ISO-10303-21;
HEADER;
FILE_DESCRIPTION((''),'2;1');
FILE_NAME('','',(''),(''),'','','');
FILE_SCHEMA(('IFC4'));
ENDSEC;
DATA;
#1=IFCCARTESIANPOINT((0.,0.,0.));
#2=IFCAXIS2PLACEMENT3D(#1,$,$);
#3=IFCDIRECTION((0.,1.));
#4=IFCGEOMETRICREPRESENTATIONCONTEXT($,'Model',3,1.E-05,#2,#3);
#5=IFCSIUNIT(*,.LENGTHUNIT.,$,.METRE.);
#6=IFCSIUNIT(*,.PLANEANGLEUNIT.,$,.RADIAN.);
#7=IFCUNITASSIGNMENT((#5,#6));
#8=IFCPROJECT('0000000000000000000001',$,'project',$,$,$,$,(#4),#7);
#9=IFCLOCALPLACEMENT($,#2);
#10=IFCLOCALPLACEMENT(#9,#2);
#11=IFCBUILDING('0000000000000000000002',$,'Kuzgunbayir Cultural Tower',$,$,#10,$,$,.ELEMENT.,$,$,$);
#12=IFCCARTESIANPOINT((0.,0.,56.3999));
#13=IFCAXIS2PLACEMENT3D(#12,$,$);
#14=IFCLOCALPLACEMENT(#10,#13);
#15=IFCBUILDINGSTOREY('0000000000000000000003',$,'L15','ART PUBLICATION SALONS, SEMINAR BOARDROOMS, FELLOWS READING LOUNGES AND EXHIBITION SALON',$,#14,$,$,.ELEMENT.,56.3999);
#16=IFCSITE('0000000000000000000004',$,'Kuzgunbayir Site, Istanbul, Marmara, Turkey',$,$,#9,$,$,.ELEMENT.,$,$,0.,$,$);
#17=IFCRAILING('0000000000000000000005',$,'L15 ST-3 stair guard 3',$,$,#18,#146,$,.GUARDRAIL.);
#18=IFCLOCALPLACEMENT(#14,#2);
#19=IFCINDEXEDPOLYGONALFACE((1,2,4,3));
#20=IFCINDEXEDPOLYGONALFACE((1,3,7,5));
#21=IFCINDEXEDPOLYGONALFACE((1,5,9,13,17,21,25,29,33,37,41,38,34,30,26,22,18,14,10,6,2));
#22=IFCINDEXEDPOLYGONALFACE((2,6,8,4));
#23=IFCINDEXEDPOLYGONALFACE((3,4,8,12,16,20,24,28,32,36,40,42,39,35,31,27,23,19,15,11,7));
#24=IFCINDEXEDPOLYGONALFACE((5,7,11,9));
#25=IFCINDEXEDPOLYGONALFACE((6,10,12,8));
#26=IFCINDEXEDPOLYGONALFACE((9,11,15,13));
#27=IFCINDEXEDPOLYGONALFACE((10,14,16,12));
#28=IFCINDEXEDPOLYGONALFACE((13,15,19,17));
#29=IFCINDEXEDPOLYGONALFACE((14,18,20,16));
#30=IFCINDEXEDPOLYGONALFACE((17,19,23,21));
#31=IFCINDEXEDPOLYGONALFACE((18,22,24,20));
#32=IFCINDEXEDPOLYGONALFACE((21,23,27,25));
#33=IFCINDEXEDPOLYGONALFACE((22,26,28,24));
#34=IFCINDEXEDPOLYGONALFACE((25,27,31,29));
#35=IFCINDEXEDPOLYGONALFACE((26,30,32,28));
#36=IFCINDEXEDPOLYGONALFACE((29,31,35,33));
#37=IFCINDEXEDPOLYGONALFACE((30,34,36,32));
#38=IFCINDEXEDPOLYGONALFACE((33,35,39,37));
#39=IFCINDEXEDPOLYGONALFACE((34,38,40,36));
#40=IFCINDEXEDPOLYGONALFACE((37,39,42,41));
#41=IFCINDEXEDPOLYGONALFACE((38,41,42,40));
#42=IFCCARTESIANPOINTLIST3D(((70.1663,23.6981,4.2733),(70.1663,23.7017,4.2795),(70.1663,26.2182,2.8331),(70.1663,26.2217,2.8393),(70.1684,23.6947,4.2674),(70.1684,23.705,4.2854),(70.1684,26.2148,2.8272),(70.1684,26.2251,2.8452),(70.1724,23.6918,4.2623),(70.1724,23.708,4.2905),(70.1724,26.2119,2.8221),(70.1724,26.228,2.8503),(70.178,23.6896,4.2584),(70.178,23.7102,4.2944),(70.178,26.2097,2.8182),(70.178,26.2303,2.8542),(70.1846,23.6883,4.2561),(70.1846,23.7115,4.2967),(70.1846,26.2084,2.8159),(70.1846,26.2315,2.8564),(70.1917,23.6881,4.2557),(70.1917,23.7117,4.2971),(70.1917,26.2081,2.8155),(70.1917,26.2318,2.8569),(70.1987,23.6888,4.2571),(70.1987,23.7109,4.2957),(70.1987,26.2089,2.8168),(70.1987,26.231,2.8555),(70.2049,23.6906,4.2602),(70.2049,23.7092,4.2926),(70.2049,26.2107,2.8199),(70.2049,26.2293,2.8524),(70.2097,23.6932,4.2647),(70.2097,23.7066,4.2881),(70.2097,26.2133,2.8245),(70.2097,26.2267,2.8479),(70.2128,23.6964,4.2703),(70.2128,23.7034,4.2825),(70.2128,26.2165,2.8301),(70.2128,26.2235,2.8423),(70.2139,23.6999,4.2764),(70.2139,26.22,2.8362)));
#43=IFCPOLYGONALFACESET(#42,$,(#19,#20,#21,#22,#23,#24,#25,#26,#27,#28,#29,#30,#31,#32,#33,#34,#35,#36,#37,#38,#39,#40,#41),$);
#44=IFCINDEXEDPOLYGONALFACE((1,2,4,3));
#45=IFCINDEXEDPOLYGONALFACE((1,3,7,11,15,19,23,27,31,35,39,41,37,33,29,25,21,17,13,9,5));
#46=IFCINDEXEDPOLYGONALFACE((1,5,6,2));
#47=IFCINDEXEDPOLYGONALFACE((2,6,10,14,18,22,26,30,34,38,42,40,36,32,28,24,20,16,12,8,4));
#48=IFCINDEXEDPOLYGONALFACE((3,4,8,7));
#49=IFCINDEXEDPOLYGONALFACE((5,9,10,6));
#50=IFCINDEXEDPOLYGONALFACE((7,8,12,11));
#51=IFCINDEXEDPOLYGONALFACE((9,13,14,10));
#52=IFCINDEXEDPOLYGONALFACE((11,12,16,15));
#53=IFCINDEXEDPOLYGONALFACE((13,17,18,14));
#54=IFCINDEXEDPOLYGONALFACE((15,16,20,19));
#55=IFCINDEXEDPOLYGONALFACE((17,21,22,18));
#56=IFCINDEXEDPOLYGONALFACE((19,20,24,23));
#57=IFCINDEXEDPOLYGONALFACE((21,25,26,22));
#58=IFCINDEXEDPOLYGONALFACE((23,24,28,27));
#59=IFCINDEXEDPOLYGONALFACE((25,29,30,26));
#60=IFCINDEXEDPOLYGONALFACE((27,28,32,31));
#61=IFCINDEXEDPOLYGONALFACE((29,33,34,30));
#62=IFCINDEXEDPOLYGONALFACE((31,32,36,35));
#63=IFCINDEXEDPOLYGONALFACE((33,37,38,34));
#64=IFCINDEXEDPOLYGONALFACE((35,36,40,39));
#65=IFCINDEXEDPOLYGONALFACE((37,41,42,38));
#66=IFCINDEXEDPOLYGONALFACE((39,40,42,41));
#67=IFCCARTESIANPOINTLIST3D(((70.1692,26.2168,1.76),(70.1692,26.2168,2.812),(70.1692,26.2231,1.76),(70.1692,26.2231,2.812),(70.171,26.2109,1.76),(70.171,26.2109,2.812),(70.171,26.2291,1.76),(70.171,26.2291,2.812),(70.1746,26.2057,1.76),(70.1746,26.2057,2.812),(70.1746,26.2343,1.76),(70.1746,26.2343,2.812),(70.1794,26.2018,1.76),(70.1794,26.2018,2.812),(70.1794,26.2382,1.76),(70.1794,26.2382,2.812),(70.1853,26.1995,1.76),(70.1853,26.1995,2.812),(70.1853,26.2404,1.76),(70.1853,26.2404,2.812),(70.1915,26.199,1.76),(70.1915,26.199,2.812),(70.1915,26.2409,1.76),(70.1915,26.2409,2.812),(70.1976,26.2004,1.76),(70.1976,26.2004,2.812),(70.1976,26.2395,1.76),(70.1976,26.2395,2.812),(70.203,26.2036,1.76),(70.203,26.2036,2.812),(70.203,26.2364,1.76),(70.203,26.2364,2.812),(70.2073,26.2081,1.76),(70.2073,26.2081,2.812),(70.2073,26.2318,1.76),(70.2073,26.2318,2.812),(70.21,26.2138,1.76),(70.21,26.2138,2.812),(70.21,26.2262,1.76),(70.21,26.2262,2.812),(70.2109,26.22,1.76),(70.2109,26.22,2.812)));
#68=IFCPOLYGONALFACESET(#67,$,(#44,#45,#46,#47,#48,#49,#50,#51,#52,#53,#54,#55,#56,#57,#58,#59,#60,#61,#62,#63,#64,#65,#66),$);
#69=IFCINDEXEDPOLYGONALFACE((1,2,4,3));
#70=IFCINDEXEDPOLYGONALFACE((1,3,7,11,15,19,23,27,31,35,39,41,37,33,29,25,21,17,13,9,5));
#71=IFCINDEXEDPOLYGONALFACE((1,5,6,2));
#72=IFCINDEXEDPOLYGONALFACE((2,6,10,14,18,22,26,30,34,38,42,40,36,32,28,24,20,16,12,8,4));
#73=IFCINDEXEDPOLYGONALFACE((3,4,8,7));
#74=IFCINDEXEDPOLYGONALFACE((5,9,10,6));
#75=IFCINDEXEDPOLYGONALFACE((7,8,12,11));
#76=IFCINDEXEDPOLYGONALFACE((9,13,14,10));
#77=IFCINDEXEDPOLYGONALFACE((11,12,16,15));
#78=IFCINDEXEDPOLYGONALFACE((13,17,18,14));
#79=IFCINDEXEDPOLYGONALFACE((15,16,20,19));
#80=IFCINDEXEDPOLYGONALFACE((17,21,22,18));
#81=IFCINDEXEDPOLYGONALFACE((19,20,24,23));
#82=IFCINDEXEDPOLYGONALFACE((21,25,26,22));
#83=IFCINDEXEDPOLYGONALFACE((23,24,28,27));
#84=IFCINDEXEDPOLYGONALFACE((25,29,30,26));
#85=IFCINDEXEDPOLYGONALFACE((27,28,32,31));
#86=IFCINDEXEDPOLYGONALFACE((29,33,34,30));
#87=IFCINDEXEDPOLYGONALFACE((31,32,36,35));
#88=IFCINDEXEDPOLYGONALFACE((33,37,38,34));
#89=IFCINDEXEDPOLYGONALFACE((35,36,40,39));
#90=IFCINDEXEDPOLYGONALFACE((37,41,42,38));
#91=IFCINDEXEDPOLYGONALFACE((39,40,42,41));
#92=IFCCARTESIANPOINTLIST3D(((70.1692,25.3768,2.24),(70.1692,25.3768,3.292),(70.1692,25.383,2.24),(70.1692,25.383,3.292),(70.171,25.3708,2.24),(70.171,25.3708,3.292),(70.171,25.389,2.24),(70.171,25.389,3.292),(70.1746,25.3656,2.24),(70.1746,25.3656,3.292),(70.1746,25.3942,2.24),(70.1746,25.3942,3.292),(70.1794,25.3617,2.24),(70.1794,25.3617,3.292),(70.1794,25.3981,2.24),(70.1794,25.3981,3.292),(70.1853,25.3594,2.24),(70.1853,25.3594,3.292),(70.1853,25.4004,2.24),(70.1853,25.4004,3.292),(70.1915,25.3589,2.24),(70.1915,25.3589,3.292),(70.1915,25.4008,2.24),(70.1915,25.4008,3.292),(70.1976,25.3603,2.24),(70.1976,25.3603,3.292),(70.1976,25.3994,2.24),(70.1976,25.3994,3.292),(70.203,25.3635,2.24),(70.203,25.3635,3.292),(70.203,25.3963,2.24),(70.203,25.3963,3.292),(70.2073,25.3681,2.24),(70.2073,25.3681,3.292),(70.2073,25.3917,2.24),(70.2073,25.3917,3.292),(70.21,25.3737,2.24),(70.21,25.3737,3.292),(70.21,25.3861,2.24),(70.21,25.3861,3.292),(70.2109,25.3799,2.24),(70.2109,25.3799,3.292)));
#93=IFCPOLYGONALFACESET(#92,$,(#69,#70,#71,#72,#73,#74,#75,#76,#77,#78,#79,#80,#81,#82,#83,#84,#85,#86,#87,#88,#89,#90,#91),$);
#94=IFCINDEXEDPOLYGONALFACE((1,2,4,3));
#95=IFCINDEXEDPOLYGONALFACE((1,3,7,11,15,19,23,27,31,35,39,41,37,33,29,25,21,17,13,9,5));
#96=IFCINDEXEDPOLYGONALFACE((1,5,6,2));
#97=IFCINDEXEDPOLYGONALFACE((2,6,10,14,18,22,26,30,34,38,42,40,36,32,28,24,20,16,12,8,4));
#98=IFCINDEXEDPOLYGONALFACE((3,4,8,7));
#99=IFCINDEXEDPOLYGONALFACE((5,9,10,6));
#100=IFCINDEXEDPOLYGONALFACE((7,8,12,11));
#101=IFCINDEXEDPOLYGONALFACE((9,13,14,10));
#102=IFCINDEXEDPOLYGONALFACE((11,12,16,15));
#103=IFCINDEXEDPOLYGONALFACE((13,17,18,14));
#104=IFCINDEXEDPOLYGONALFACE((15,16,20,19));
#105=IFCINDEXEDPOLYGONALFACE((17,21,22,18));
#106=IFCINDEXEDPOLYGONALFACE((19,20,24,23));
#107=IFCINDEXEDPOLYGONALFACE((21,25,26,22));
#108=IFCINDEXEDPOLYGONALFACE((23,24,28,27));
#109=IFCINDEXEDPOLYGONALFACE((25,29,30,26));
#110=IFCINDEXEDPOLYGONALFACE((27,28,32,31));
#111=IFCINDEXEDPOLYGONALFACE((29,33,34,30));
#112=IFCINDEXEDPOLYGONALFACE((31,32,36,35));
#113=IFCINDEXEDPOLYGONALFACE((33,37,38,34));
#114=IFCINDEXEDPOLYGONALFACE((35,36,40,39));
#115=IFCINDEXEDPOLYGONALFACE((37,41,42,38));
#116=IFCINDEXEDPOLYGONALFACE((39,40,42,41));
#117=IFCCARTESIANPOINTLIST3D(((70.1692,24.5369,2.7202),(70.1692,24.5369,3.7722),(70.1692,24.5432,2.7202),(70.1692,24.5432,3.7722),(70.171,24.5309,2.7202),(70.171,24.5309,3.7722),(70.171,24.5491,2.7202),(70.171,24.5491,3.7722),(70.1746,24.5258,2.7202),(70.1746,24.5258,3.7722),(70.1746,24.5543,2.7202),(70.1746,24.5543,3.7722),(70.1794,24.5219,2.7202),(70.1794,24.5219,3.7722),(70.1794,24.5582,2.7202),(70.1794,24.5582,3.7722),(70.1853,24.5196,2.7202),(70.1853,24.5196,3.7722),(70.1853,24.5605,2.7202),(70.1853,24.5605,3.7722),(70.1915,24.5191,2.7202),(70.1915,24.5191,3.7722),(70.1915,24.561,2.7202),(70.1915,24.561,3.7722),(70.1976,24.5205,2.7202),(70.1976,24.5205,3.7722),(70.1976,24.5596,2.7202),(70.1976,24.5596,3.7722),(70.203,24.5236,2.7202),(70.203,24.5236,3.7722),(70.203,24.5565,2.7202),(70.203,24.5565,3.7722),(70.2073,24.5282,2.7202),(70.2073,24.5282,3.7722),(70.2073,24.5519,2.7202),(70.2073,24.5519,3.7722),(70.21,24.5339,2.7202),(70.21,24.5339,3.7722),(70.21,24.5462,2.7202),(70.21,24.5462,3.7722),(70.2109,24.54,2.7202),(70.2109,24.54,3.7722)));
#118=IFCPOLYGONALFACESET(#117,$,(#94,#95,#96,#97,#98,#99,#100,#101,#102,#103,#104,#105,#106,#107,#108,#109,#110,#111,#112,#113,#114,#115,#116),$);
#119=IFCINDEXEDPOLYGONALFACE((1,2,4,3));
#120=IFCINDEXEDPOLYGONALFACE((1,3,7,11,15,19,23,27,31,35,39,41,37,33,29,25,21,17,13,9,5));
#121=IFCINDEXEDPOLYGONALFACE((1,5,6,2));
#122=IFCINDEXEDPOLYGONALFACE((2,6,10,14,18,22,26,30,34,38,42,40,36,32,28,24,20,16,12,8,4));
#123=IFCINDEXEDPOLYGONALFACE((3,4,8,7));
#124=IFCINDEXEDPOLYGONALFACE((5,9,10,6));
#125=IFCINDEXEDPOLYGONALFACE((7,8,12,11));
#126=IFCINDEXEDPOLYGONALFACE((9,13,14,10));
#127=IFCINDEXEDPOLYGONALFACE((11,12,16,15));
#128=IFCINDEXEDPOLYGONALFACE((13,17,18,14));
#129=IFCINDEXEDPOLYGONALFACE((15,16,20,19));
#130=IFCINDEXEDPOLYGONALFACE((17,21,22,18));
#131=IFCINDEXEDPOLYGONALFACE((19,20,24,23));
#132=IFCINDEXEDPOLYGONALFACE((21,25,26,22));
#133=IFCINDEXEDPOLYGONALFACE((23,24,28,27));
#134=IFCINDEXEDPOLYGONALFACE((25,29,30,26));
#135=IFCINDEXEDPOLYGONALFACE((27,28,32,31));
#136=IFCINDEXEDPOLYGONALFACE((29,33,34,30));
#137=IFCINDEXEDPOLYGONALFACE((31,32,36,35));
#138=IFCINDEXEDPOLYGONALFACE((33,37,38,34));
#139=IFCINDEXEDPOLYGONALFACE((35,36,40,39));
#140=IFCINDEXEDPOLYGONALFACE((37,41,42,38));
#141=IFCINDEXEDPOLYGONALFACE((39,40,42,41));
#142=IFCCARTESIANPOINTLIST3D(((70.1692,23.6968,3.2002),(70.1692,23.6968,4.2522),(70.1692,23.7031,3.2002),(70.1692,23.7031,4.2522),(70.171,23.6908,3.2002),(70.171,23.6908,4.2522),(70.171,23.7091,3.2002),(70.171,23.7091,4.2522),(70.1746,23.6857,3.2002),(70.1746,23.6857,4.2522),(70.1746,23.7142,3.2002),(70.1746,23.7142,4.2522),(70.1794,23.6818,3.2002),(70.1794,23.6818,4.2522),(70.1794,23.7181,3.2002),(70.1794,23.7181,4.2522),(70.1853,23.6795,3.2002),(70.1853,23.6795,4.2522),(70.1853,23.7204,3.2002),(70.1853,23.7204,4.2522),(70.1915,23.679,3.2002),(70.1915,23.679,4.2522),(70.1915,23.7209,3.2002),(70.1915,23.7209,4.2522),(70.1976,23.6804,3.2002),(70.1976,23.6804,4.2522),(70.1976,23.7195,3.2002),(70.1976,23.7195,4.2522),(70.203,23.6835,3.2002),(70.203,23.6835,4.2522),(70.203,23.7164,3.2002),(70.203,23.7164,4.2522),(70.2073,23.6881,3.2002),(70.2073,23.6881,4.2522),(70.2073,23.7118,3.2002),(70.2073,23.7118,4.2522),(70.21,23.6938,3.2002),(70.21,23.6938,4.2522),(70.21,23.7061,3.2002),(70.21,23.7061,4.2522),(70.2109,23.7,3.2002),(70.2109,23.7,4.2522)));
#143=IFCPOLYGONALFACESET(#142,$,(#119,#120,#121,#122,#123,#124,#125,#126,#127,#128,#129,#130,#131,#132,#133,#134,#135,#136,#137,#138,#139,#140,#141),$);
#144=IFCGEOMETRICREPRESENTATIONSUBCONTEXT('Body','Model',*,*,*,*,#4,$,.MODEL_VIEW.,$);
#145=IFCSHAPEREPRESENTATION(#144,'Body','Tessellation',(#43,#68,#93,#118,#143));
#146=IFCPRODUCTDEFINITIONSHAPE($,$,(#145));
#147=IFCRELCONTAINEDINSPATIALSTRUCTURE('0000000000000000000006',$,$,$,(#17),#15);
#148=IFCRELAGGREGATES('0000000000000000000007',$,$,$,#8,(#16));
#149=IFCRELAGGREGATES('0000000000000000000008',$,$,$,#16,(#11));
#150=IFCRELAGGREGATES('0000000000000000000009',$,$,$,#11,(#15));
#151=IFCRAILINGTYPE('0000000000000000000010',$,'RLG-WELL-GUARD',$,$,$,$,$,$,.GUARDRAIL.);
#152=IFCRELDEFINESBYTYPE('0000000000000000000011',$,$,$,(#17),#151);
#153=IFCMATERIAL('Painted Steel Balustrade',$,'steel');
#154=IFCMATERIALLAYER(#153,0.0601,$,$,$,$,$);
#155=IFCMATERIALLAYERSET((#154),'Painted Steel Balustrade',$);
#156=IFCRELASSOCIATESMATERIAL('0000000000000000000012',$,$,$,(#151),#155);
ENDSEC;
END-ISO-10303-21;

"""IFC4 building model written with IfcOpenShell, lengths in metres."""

from ifc_helpers import new_model, si_unit, direction, frame, origin, origin_2d, place, context, subcontext, project, spatial, circle, extrude, material, layer, layer_set, type_object, element, save


model = new_model("IFC4")

# Units and contexts
model_context = context("Model", 3, precision=1e-05, world=origin(), true_north=direction((0.0, 1.0)))
body_context = subcontext(model_context, "Body", "Model", "MODEL_VIEW")
ifc_project = project(units=[si_unit("LENGTHUNIT", "METRE"), si_unit("PLANEANGLEUNIT", "RADIAN")], contexts=[model_context])

# Site, building, storey
site_placement = place(None, origin())
site = spatial("IfcSite", under=ifc_project, at=site_placement, Name="Kuzgunbayir Site, Istanbul, Marmara, Turkey", CompositionType="ELEMENT", RefElevation=0.0)
building_placement = place(site_placement, origin())
building = spatial("IfcBuilding", under=site, at=building_placement, Name="Kuzgunbayir Cultural Tower", CompositionType="ELEMENT")
storey_placement = place(building_placement, frame((0.0, 0.0, 56.3999)))
storey = spatial("IfcBuildingStorey", under=building, at=storey_placement, Name="L15", Description="ART PUBLICATION SALONS, SEMINAR BOARDROOMS, FELLOWS READING LOUNGES AND EXHIBITION SALON", CompositionType="ELEMENT", Elevation=56.3999)

# Railing
ifc_material_1 = material(Name="Painted Steel Balustrade", Category="steel")
ifc_layer_1 = layer(ifc_material_1, 0.0601)
ifc_layer_set_1 = layer_set([ifc_layer_1], Name="Painted Steel Balustrade")
railing_type_1 = type_object("IfcRailingType", Name="RLG-WELL-GUARD", PredefinedType="GUARDRAIL", material=ifc_layer_set_1)
railing_1_placement = place(storey_placement, frame((70.1899, 26.22, 1.76)))
element("IfcRailing", 1, at=railing_1_placement, inside=storey, type_object=railing_type_1, Name="L15 ST-3 stair guard 3", PredefinedType="GUARDRAIL", context=body_context, shape_type="SweptSolid", body=[
    extrude(circle(Radius=0.0239, at=origin_2d()), frame((0.0, 0.0, 1.0762), z_axis=(0.0, -0.868217, 0.496184), x_axis=(1.0, 0.0, 0.0)), (0.0, 0.0, 1.0), 2.9026),
    extrude(circle(Radius=0.021, at=origin_2d()), origin(), (0.0, 0.0, 1.0), 1.052),
    extrude(circle(Radius=0.021, at=origin_2d()), frame((0.0, -0.8401, 0.48)), (0.0, 0.0, 1.0), 1.052),
    extrude(circle(Radius=0.021, at=origin_2d()), frame((0.0, -1.6799, 0.9602)), (0.0, 0.0, 1.0), 1.052),
    extrude(circle(Radius=0.021, at=origin_2d()), frame((0.0, -2.52, 1.4402)), (0.0, 0.0, 1.0), 1.052),
])

save(model, "model.ifc")
